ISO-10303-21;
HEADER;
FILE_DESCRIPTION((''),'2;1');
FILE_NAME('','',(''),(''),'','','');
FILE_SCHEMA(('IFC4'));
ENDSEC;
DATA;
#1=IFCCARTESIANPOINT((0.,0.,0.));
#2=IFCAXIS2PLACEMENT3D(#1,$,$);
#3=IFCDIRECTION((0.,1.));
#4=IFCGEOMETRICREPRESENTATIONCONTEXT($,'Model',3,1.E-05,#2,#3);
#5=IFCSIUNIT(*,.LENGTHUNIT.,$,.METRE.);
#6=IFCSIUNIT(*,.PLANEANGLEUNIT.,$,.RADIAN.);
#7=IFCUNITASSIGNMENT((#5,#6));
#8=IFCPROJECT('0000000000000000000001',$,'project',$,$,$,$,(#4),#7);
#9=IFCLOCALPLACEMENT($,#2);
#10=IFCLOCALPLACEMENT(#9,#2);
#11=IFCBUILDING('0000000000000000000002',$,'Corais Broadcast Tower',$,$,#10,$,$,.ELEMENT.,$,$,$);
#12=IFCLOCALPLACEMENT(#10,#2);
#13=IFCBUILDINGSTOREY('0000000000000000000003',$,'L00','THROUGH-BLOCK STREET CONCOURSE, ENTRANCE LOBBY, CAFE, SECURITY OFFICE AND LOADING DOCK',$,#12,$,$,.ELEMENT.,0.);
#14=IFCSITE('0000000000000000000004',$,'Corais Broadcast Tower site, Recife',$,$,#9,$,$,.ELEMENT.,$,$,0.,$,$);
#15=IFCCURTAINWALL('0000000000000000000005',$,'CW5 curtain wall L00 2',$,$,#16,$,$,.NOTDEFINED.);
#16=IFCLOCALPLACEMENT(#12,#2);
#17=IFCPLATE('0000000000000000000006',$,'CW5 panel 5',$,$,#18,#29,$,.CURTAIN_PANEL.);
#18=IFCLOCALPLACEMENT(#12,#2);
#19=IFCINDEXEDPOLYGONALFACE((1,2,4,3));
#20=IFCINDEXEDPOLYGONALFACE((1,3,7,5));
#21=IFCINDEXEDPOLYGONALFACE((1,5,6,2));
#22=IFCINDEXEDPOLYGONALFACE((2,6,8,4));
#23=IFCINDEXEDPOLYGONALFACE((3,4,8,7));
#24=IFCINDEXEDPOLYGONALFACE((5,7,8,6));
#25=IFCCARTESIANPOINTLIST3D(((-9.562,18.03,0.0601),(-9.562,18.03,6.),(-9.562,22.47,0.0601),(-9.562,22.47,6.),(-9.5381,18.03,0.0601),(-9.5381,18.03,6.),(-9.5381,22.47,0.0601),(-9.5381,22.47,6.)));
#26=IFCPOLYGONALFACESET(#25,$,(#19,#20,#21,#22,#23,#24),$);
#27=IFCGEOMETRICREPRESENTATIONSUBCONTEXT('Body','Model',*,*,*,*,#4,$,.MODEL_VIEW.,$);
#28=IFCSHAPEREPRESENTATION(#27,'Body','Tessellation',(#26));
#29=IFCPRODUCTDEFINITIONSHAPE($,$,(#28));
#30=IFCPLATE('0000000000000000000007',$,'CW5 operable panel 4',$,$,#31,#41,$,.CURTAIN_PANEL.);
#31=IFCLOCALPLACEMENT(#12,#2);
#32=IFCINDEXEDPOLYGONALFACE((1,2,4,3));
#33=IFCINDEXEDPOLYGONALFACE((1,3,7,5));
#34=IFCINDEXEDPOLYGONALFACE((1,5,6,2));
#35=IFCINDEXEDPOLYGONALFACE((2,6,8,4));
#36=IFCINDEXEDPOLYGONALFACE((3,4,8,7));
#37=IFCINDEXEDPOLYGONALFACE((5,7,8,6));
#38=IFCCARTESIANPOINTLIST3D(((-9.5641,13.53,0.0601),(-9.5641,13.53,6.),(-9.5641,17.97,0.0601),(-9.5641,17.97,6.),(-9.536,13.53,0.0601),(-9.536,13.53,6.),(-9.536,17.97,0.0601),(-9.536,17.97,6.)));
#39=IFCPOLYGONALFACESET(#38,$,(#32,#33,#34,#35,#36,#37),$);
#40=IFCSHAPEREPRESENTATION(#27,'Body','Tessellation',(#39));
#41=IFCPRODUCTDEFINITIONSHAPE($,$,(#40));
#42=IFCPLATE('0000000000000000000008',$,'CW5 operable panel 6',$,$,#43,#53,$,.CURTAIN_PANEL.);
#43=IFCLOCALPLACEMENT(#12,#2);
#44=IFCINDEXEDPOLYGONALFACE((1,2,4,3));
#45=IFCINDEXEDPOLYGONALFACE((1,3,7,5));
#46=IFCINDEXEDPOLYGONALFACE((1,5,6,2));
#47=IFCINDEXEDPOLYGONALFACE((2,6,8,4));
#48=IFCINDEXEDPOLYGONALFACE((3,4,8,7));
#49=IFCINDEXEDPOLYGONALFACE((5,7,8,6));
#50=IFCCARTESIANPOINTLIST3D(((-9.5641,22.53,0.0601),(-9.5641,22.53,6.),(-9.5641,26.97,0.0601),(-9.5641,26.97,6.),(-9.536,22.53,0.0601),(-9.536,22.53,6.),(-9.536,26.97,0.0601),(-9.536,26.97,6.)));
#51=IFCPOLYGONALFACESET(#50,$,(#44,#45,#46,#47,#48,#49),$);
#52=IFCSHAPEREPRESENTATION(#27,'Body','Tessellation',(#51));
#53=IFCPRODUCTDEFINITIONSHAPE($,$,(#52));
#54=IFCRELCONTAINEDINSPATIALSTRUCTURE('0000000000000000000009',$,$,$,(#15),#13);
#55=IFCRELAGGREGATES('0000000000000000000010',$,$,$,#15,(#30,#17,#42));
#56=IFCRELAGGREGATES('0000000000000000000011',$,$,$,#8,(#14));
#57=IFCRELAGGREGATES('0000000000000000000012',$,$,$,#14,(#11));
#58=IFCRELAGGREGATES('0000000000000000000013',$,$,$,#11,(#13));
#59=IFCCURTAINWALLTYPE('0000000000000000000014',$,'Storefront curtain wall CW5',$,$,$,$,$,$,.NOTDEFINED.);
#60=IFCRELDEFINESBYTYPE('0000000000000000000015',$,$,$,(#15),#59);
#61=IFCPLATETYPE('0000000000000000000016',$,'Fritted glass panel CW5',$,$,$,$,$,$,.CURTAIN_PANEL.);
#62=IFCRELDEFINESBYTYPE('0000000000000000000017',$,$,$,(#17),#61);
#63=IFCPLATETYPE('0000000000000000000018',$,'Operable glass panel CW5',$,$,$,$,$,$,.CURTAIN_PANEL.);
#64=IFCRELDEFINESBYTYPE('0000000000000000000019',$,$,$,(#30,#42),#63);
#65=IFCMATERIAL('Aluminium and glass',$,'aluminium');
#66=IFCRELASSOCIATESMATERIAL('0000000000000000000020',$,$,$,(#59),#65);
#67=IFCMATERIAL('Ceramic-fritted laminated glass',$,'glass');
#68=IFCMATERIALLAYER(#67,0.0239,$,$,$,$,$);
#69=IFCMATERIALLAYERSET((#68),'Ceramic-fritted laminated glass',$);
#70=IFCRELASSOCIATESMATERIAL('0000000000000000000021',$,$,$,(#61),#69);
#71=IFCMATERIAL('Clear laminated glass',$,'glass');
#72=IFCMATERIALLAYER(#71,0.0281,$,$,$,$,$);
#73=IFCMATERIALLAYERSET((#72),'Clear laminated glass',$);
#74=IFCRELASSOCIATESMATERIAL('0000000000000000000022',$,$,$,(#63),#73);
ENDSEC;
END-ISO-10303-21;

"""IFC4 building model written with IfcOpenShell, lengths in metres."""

from ifc_helpers import new_model, si_unit, direction, frame, origin, origin_2d, place, context, subcontext, project, spatial, rectangle, extrude, material, layer, layer_set, type_object, element, aggregate, save


model = new_model("IFC4")

# Units and contexts
model_context = context("Model", 3, precision=1e-05, world=origin(), true_north=direction((0.0, 1.0)))
body_context = subcontext(model_context, "Body", "Model", "MODEL_VIEW")
ifc_project = project(units=[si_unit("LENGTHUNIT", "METRE"), si_unit("PLANEANGLEUNIT", "RADIAN")], contexts=[model_context])

# Site, building, storey
site_placement = place(None, origin())
site = spatial("IfcSite", under=ifc_project, at=site_placement, Name="Corais Broadcast Tower site, Recife", CompositionType="ELEMENT", RefElevation=0.0)
building_placement = place(site_placement, origin())
building = spatial("IfcBuilding", under=site, at=building_placement, Name="Corais Broadcast Tower", CompositionType="ELEMENT")
storey_placement = place(building_placement, origin())
storey = spatial("IfcBuildingStorey", under=building, at=storey_placement, Name="L00", Description="THROUGH-BLOCK STREET CONCOURSE, ENTRANCE LOBBY, CAFE, SECURITY OFFICE AND LOADING DOCK", CompositionType="ELEMENT", Elevation=0.0)

# Curtain wall, plates
ifc_material_1 = material(Name="Aluminium and glass", Category="aluminium")
curtain_wall_type = type_object("IfcCurtainWallType", Name="Storefront curtain wall CW5", PredefinedType="NOTDEFINED", material=ifc_material_1)
curtain_wall_placement = place(storey_placement, origin())
curtain_wall = element("IfcCurtainWall", 1, at=curtain_wall_placement, inside=storey, type_object=curtain_wall_type, Name="CW5 curtain wall L00 2", PredefinedType="NOTDEFINED")
ifc_material_2 = material(Name="Ceramic-fritted laminated glass", Category="glass")
ifc_layer_1 = layer(ifc_material_2, 0.0239)
ifc_layer_set_1 = layer_set([ifc_layer_1], Name="Ceramic-fritted laminated glass")
plate_type_1 = type_object("IfcPlateType", Name="Fritted glass panel CW5", PredefinedType="CURTAIN_PANEL", material=ifc_layer_set_1)
plate_1_placement = place(storey_placement, frame((-9.55, 20.25, 0.0601), z_axis=(0.0, 0.0, 1.0), x_axis=(0.0, 1.0, 0.0)))
plate_1 = element("IfcPlate", 2, at=plate_1_placement, type_object=plate_type_1, Name="CW5 panel 5", PredefinedType="CURTAIN_PANEL", context=body_context, shape_type="SweptSolid", body=[
    extrude(rectangle(XDim=4.4399, YDim=0.0239, at=origin_2d()), origin(), (0.0, 0.0, 1.0), 5.9399),
])
ifc_material_3 = material(Name="Clear laminated glass", Category="glass")
ifc_layer_2 = layer(ifc_material_3, 0.0281)
ifc_layer_set_2 = layer_set([ifc_layer_2], Name="Clear laminated glass")
plate_type_2 = type_object("IfcPlateType", Name="Operable glass panel CW5", PredefinedType="CURTAIN_PANEL", material=ifc_layer_set_2)
plate_2_placement = place(storey_placement, frame((-9.55, 15.75, 0.0601), z_axis=(0.0, 0.0, 1.0), x_axis=(0.0, 1.0, 0.0)))
plate_2 = element("IfcPlate", 3, at=plate_2_placement, type_object=plate_type_2, Name="CW5 operable panel 4", PredefinedType="CURTAIN_PANEL", context=body_context, shape_type="SweptSolid", body=[
    extrude(rectangle(XDim=4.4399, YDim=0.0281, at=origin_2d()), origin(), (0.0, 0.0, 1.0), 5.9399),
])
plate_3_placement = place(storey_placement, frame((-9.55, 24.75, 0.0601), z_axis=(0.0, 0.0, 1.0), x_axis=(0.0, 1.0, 0.0)))
plate_3 = element("IfcPlate", 4, at=plate_3_placement, type_object=plate_type_2, Name="CW5 operable panel 6", PredefinedType="CURTAIN_PANEL", context=body_context, shape_type="SweptSolid", body=[
    extrude(rectangle(XDim=4.4399, YDim=0.0281, at=origin_2d()), origin(), (0.0, 0.0, 1.0), 5.9399),
])
aggregate(curtain_wall, [plate_2, plate_1, plate_3])

save(model, "model.ifc")
